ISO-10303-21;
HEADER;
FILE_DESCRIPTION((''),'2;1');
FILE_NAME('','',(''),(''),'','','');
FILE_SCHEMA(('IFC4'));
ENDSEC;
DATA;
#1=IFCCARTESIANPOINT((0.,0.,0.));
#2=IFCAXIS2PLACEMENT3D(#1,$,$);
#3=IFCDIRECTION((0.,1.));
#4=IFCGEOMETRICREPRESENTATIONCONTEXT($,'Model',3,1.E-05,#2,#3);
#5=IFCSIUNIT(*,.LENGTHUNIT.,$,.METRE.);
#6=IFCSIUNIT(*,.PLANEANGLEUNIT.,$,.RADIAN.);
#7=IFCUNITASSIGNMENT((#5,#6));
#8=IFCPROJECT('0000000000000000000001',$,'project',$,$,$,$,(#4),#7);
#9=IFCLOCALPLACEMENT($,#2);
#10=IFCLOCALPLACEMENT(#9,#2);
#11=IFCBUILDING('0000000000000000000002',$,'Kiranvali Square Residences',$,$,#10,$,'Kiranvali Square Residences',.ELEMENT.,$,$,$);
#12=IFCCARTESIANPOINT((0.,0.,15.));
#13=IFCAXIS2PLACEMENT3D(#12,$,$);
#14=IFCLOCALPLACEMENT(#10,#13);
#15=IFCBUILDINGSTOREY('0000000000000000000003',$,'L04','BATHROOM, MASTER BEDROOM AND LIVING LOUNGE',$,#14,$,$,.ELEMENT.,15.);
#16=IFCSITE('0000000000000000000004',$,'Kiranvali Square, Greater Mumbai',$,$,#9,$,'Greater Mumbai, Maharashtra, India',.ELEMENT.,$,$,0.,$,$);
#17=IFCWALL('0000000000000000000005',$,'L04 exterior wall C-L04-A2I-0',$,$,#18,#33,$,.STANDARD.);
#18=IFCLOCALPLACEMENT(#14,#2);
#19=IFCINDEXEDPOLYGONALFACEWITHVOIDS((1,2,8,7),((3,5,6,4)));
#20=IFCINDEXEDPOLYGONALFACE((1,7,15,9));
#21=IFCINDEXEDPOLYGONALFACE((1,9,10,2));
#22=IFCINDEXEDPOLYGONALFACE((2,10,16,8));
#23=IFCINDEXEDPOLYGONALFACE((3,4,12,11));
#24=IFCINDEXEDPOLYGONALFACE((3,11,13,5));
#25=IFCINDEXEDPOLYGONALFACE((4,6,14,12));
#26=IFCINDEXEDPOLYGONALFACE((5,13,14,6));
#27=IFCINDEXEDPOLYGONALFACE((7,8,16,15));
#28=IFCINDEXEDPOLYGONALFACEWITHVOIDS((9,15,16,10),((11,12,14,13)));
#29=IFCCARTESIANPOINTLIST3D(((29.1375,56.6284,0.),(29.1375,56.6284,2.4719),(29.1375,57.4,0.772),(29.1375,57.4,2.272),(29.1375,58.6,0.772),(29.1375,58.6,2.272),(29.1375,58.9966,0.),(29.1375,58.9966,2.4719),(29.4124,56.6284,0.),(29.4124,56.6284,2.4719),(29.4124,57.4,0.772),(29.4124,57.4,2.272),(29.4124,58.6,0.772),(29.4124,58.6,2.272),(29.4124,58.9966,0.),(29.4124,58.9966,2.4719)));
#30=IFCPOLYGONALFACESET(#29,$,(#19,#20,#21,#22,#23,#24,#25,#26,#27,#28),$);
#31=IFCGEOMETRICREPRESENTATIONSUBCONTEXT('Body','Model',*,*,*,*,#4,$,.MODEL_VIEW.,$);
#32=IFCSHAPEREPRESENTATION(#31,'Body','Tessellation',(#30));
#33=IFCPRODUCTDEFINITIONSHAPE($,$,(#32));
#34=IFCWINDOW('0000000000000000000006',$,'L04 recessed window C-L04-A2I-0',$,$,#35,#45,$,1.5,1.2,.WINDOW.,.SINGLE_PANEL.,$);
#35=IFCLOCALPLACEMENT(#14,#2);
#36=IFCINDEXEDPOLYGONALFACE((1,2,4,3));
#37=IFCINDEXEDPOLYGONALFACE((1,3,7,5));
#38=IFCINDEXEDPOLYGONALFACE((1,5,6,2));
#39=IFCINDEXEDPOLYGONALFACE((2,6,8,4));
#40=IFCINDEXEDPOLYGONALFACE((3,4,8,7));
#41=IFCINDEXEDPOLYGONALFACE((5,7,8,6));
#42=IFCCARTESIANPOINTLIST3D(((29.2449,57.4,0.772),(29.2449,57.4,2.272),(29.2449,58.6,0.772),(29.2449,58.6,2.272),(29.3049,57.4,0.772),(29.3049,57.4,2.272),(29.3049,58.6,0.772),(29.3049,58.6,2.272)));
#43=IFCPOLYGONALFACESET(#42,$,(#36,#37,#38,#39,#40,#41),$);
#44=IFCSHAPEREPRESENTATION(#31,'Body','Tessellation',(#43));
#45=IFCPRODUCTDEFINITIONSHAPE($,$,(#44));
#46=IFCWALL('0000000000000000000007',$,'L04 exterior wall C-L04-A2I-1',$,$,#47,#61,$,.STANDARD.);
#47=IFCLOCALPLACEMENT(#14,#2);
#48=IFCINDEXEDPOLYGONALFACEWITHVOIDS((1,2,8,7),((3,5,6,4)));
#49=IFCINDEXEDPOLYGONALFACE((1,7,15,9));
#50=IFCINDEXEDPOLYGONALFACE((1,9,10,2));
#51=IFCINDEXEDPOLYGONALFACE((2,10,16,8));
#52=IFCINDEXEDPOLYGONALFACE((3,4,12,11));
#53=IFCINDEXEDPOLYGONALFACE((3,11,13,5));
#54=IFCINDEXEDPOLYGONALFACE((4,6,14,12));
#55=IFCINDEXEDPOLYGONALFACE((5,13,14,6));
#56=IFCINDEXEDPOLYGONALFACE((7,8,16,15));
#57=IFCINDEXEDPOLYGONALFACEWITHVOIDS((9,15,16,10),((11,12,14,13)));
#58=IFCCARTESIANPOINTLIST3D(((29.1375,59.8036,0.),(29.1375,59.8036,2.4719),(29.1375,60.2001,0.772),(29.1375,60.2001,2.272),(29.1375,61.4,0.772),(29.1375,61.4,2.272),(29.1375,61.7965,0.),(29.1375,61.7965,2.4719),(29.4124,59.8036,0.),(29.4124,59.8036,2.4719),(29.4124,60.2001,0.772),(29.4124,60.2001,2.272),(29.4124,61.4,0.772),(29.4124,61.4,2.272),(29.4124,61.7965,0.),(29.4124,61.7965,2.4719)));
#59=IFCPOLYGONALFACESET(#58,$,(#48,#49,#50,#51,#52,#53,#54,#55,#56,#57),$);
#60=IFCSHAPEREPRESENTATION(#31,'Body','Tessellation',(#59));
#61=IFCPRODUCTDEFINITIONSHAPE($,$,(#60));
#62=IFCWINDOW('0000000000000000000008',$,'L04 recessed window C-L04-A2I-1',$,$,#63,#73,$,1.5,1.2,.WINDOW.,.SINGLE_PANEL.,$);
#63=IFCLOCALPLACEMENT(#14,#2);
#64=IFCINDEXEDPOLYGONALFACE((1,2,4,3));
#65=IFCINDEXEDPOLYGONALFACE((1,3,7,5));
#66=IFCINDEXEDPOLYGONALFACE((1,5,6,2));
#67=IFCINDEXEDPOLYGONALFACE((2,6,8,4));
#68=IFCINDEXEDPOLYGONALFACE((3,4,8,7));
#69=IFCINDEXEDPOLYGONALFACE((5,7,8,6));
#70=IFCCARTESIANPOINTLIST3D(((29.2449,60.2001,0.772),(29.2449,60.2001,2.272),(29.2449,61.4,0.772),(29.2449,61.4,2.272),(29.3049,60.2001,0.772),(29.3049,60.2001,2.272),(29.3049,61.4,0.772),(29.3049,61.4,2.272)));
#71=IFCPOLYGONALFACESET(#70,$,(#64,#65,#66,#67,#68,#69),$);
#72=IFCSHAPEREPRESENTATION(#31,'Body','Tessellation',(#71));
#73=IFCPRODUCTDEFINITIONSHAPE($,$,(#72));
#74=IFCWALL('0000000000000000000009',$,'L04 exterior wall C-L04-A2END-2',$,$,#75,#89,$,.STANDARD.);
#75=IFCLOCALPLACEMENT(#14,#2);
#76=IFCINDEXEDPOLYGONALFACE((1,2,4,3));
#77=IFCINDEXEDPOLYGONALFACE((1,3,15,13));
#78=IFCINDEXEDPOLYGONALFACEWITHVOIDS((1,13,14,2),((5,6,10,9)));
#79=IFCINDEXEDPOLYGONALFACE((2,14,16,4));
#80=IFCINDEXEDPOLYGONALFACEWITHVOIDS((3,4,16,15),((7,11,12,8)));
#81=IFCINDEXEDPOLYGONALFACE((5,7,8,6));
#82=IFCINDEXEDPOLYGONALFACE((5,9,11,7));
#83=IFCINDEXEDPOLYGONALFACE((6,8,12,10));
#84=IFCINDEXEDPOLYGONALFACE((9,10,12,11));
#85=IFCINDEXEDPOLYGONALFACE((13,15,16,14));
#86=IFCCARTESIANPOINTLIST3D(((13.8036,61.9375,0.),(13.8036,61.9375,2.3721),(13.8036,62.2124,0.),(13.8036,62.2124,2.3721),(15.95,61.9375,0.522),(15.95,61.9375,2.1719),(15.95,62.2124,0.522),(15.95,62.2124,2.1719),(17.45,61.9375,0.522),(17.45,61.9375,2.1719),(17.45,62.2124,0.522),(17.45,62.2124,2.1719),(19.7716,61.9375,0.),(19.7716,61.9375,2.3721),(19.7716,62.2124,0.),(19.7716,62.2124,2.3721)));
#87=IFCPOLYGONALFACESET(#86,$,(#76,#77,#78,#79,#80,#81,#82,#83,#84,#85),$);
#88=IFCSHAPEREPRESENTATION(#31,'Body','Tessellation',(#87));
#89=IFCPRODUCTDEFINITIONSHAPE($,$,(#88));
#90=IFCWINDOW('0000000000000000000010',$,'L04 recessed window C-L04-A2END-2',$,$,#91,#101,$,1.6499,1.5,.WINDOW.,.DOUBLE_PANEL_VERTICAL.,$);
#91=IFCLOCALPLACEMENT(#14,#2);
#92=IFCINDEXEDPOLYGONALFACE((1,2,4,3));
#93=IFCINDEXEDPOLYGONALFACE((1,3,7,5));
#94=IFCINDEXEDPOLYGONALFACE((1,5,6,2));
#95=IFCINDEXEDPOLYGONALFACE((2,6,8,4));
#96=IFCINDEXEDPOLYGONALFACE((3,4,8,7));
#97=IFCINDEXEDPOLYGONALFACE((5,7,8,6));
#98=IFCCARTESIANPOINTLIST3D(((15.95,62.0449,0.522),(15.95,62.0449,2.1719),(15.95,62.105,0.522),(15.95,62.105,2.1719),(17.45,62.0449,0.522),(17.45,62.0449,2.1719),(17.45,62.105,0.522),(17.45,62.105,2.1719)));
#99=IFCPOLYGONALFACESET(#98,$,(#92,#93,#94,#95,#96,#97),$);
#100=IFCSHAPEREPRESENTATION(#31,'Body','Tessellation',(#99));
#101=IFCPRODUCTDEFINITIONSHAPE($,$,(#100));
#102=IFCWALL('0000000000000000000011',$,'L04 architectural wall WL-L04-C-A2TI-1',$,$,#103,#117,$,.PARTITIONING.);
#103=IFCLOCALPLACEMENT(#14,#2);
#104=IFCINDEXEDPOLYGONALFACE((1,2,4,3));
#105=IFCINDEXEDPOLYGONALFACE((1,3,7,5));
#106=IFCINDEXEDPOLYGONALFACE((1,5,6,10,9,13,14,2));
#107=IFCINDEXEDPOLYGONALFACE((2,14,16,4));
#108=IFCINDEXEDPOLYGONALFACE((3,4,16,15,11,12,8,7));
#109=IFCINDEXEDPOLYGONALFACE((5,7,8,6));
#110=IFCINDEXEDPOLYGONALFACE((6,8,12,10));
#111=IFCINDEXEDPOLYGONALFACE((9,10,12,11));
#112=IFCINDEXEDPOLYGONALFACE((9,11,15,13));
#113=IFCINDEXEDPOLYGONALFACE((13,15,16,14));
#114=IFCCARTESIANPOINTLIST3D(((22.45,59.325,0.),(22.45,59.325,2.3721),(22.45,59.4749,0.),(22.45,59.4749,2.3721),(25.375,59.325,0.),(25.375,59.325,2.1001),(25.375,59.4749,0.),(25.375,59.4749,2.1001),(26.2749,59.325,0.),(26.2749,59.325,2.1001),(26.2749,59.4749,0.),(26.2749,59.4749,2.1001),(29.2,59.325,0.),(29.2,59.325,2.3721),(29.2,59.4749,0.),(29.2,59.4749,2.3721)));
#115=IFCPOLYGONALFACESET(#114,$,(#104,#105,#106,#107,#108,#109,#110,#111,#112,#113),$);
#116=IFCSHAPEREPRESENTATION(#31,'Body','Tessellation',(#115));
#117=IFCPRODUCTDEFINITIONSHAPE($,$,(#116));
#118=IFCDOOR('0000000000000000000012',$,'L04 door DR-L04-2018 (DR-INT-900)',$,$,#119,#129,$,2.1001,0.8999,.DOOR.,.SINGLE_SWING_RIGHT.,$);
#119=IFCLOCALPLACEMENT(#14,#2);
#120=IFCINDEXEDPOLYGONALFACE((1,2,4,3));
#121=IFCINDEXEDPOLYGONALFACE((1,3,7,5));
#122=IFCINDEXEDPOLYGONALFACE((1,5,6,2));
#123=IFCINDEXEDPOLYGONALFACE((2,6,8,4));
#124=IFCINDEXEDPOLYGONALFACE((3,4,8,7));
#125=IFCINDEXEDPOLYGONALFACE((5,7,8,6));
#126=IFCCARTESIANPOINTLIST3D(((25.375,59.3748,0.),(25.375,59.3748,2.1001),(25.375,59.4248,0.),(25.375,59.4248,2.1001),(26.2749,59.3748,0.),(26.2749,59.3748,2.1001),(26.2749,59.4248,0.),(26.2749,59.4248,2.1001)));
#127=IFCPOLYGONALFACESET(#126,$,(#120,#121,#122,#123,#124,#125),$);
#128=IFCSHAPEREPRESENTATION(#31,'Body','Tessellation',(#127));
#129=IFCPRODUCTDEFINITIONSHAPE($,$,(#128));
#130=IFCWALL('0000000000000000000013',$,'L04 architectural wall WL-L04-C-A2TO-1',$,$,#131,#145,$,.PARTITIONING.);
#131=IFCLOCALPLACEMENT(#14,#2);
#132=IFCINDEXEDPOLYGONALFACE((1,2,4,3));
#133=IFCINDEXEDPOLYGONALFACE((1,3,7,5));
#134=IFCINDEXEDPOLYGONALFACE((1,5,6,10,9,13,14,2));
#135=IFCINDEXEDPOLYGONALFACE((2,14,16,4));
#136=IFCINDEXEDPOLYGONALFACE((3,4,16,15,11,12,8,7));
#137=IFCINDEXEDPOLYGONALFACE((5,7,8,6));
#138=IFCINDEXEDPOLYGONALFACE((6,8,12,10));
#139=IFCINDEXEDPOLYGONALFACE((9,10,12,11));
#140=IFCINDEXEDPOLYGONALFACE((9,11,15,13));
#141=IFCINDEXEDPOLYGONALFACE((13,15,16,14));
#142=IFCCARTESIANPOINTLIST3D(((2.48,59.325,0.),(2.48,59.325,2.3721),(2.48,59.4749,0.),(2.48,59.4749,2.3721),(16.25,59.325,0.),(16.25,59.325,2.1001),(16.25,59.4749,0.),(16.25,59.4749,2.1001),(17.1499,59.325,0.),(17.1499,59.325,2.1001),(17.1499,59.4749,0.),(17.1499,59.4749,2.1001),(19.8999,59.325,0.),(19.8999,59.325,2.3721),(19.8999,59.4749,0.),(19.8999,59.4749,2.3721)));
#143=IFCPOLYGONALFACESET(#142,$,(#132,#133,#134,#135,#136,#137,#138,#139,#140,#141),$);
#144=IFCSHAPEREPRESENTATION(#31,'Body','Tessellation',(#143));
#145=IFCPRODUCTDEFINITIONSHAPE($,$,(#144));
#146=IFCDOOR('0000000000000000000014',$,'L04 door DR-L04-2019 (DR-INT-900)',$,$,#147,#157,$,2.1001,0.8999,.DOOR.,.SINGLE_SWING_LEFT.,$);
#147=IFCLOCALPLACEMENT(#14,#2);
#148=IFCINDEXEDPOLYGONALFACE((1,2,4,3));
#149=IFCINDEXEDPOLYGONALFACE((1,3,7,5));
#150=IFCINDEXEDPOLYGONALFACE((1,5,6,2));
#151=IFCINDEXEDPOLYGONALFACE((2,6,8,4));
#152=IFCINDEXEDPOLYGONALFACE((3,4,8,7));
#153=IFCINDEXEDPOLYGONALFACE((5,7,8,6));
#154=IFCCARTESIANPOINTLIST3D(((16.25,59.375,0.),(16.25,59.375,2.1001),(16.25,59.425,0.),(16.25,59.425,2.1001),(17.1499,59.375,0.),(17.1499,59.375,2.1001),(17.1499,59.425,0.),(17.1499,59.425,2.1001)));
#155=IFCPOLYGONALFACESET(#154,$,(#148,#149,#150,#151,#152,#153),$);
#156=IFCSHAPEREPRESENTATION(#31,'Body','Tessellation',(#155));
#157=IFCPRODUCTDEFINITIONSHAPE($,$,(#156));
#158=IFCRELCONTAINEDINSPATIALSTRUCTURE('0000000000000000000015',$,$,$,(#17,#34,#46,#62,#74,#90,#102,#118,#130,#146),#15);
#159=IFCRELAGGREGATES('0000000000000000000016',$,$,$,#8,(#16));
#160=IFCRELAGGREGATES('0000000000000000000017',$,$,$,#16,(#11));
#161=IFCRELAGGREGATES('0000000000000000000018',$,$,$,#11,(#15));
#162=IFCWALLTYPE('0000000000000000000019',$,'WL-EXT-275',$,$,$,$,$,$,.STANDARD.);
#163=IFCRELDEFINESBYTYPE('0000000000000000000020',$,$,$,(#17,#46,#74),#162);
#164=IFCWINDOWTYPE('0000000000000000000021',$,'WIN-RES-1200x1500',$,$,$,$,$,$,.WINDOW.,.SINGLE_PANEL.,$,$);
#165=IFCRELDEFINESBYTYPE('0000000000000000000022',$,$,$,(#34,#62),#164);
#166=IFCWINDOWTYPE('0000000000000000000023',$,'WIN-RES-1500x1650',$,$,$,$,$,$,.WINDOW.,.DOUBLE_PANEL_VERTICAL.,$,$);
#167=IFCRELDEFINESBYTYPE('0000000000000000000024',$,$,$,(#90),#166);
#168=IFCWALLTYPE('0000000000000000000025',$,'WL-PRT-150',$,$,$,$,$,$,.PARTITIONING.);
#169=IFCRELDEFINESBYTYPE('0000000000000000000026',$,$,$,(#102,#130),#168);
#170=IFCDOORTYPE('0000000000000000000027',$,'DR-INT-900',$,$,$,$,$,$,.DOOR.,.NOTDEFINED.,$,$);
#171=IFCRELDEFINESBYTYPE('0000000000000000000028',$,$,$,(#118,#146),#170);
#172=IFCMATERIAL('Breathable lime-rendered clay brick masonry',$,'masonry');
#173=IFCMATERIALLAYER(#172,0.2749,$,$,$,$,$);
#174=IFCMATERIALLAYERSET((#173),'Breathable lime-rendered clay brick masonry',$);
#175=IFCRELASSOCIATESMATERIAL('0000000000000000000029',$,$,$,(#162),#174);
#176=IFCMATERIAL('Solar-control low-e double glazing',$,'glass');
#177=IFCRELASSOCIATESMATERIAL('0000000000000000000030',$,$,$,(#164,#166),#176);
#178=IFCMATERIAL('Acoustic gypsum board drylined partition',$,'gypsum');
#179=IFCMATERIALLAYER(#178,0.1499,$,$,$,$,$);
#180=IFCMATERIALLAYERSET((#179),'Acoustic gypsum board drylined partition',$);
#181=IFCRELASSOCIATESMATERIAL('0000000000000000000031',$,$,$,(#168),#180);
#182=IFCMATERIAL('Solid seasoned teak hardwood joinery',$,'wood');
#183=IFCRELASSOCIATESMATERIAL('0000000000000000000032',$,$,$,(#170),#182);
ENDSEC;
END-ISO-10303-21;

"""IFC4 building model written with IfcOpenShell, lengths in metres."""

from ifc_helpers import new_model, si_unit, direction, frame, frame_2d, origin, place, context, subcontext, project, spatial, rectangle, extrude, material, layer, layer_set, type_object, element, fill, save


model = new_model("IFC4")

# Units and contexts
model_context = context("Model", 3, precision=1e-05, world=origin(), true_north=direction((0.0, 1.0)))
body_context = subcontext(model_context, "Body", "Model", "MODEL_VIEW")
ifc_project = project(units=[si_unit("LENGTHUNIT", "METRE"), si_unit("PLANEANGLEUNIT", "RADIAN")], contexts=[model_context])

# Site, building, storey
site_placement = place(None, origin())
site = spatial("IfcSite", under=ifc_project, at=site_placement, Name="Kiranvali Square, Greater Mumbai", LongName="Greater Mumbai, Maharashtra, India", CompositionType="ELEMENT", RefElevation=0.0)
building_placement = place(site_placement, origin())
building = spatial("IfcBuilding", under=site, at=building_placement, Name="Kiranvali Square Residences", LongName="Kiranvali Square Residences", CompositionType="ELEMENT")
storey_placement = place(building_placement, frame((0.0, 0.0, 15.0)))
storey = spatial("IfcBuildingStorey", under=building, at=storey_placement, Name="L04", Description="BATHROOM, MASTER BEDROOM AND LIVING LOUNGE", CompositionType="ELEMENT", Elevation=15.0)

# Walls, openings, windows
ifc_material_1 = material(Name="Breathable lime-rendered clay brick masonry", Category="masonry")
ifc_layer_1 = layer(ifc_material_1, 0.2749)
ifc_layer_set_1 = layer_set([ifc_layer_1], Name="Breathable lime-rendered clay brick masonry")
wall_type_1 = type_object("IfcWallType", Name="WL-EXT-275", PredefinedType="STANDARD", material=ifc_layer_set_1)
wall_1_placement = place(storey_placement, frame((29.2749, 56.6284, 0.0), z_axis=(0.0, 0.0, 1.0), x_axis=(0.0, 1.0, 0.0)))
wall_1 = element("IfcWall", 1, at=wall_1_placement, inside=storey, type_object=wall_type_1, Name="L04 exterior wall C-L04-A2I-0", PredefinedType="STANDARD", context=body_context, shape_type="SweptSolid", body=[
    extrude(rectangle(XDim=2.3682, YDim=0.2749, at=frame_2d((1.1841, 0.0))), origin(), (0.0, 0.0, 1.0), 2.4719),
])
opening_1_placement = place(wall_1_placement, frame((0.7715, 0.0, 0.772)))
opening_1 = element("IfcOpeningElement", 2, at=opening_1_placement, cuts=wall_1, PredefinedType="OPENING", context=body_context, shape_type="SweptSolid", body=[
    extrude(rectangle(XDim=1.2, YDim=1.5, at=frame_2d((0.6001, 0.75))), frame((0.0, 0.1475, 0.0), z_axis=(0.0, -1.0, 0.0), x_axis=(1.0, 0.0, 0.0)), (0.0, 0.0, 1.0), 0.2949),
])
ifc_material_2 = material(Name="Solar-control low-e double glazing", Category="glass")
window_type_1 = type_object("IfcWindowType", Name="WIN-RES-1200x1500", PartitioningType="SINGLE_PANEL", PredefinedType="WINDOW", material=ifc_material_2)
window_1_placement = place(opening_1_placement, origin())
window_1 = element("IfcWindow", 3, at=window_1_placement, inside=storey, type_object=window_type_1, Name="L04 recessed window C-L04-A2I-0", OverallHeight=1.5, OverallWidth=1.2, PartitioningType="SINGLE_PANEL", PredefinedType="WINDOW", context=body_context, shape_type="SweptSolid", body=[
    extrude(rectangle(XDim=1.2, YDim=1.5, at=frame_2d((0.6001, 0.75))), frame((0.0, 0.03, 0.0), z_axis=(0.0, -1.0, 0.0), x_axis=(1.0, 0.0, 0.0)), (0.0, 0.0, 1.0), 0.0601),
])
fill(opening_1, window_1)
wall_2_placement = place(storey_placement, frame((29.2749, 59.8035, 0.0), z_axis=(0.0, 0.0, 1.0), x_axis=(0.0, 1.0, 0.0)))
wall_2 = element("IfcWall", 4, at=wall_2_placement, inside=storey, type_object=wall_type_1, Name="L04 exterior wall C-L04-A2I-1", PredefinedType="STANDARD", context=body_context, shape_type="SweptSolid", body=[
    extrude(rectangle(XDim=1.9929, YDim=0.2749, at=frame_2d((0.9966, 0.0))), origin(), (0.0, 0.0, 1.0), 2.4719),
])
opening_2_placement = place(wall_2_placement, frame((0.3965, 0.0, 0.772)))
opening_2 = element("IfcOpeningElement", 5, at=opening_2_placement, cuts=wall_2, PredefinedType="OPENING", context=body_context, shape_type="SweptSolid", body=[
    extrude(rectangle(XDim=1.2, YDim=1.5, at=frame_2d((0.6001, 0.75))), frame((0.0, 0.1475, 0.0), z_axis=(0.0, -1.0, 0.0), x_axis=(1.0, 0.0, 0.0)), (0.0, 0.0, 1.0), 0.2949),
])
window_2_placement = place(opening_2_placement, origin())
window_2 = element("IfcWindow", 6, at=window_2_placement, inside=storey, type_object=window_type_1, Name="L04 recessed window C-L04-A2I-1", OverallHeight=1.5, OverallWidth=1.2, PartitioningType="SINGLE_PANEL", PredefinedType="WINDOW", context=body_context, shape_type="SweptSolid", body=[
    extrude(rectangle(XDim=1.2, YDim=1.5, at=frame_2d((0.6001, 0.75))), frame((0.0, 0.03, 0.0), z_axis=(0.0, -1.0, 0.0), x_axis=(1.0, 0.0, 0.0)), (0.0, 0.0, 1.0), 0.0601),
])
fill(opening_2, window_2)
wall_3_placement = place(storey_placement, frame((19.7715, 62.075, 0.0), z_axis=(0.0, 0.0, 1.0), x_axis=(-1.0, 0.0, 0.0)))
wall_3 = element("IfcWall", 7, at=wall_3_placement, inside=storey, type_object=wall_type_1, Name="L04 exterior wall C-L04-A2END-2", PredefinedType="STANDARD", context=body_context, shape_type="SweptSolid", body=[
    extrude(rectangle(XDim=5.968, YDim=0.2749, at=frame_2d((2.9839, 0.0))), origin(), (0.0, 0.0, 1.0), 2.3721),
])
opening_3_placement = place(wall_3_placement, frame((2.3215, 0.0, 0.522)))
opening_3 = element("IfcOpeningElement", 8, at=opening_3_placement, cuts=wall_3, PredefinedType="OPENING", context=body_context, shape_type="SweptSolid", body=[
    extrude(rectangle(XDim=1.5, YDim=1.6499, at=frame_2d((0.75, 0.825))), frame((0.0, 0.1475, 0.0), z_axis=(0.0, -1.0, 0.0), x_axis=(1.0, 0.0, 0.0)), (0.0, 0.0, 1.0), 0.2949),
])
window_type_2 = type_object("IfcWindowType", Name="WIN-RES-1500x1650", PartitioningType="DOUBLE_PANEL_VERTICAL", PredefinedType="WINDOW", material=ifc_material_2)
window_3_placement = place(opening_3_placement, origin())
window_3 = element("IfcWindow", 9, at=window_3_placement, inside=storey, type_object=window_type_2, Name="L04 recessed window C-L04-A2END-2", OverallHeight=1.6499, OverallWidth=1.5, PartitioningType="DOUBLE_PANEL_VERTICAL", PredefinedType="WINDOW", context=body_context, shape_type="SweptSolid", body=[
    extrude(rectangle(XDim=1.5, YDim=1.6499, at=frame_2d((0.75, 0.825))), frame((0.0, 0.03, 0.0), z_axis=(0.0, -1.0, 0.0), x_axis=(1.0, 0.0, 0.0)), (0.0, 0.0, 1.0), 0.0601),
])
fill(opening_3, window_3)

# Walls, openings, doors
ifc_material_3 = material(Name="Acoustic gypsum board drylined partition", Category="gypsum")
ifc_layer_2 = layer(ifc_material_3, 0.1499)
ifc_layer_set_2 = layer_set([ifc_layer_2], Name="Acoustic gypsum board drylined partition")
wall_type_2 = type_object("IfcWallType", Name="WL-PRT-150", PredefinedType="PARTITIONING", material=ifc_layer_set_2)
wall_4_placement = place(storey_placement, frame((29.2, 59.3999, 0.0), z_axis=(0.0, 0.0, 1.0), x_axis=(-1.0, 0.0, 0.0)))
wall_4 = element("IfcWall", 10, at=wall_4_placement, inside=storey, type_object=wall_type_2, Name="L04 architectural wall WL-L04-C-A2TI-1", PredefinedType="PARTITIONING", context=body_context, shape_type="SweptSolid", body=[
    extrude(rectangle(XDim=6.75, YDim=0.1499, at=frame_2d((3.375, 0.0))), origin(), (0.0, 0.0, 1.0), 2.3721),
])
opening_4_placement = place(wall_4_placement, frame((2.925, 0.0, 0.0)))
opening_4 = element("IfcOpeningElement", 11, at=opening_4_placement, cuts=wall_4, PredefinedType="OPENING", context=body_context, shape_type="SweptSolid", body=[
    extrude(rectangle(XDim=0.8999, YDim=2.1001, at=frame_2d((0.45, 1.05))), frame((0.0, 0.085, 0.0), z_axis=(0.0, -1.0, 0.0), x_axis=(1.0, 0.0, 0.0)), (0.0, 0.0, 1.0), 0.1699),
])
ifc_material_4 = material(Name="Solid seasoned teak hardwood joinery", Category="wood")
door_type_1 = type_object("IfcDoorType", Name="DR-INT-900", OperationType="NOTDEFINED", PredefinedType="DOOR", material=ifc_material_4)
door_1_placement = place(opening_4_placement, frame((0.8999, 0.0, 0.0), z_axis=(0.0, 0.0, 1.0), x_axis=(-1.0, 0.0, 0.0)))
door_1 = element("IfcDoor", 12, at=door_1_placement, inside=storey, type_object=door_type_1, Name="L04 door DR-L04-2018 (DR-INT-900)", OperationType="SINGLE_SWING_RIGHT", OverallHeight=2.1001, OverallWidth=0.8999, PredefinedType="DOOR", context=body_context, shape_type="SweptSolid", body=[
    extrude(rectangle(XDim=0.8999, YDim=2.1001, at=frame_2d((0.45, 1.05))), frame((0.0, 0.0249, 0.0), z_axis=(0.0, -1.0, 0.0), x_axis=(1.0, 0.0, 0.0)), (0.0, 0.0, 1.0), 0.05),
])
fill(opening_4, door_1)
wall_5_placement = place(storey_placement, frame((19.8999, 59.3999, 0.0), z_axis=(0.0, 0.0, 1.0), x_axis=(-1.0, 0.0, 0.0)))
wall_5 = element("IfcWall", 13, at=wall_5_placement, inside=storey, type_object=wall_type_2, Name="L04 architectural wall WL-L04-C-A2TO-1", PredefinedType="PARTITIONING", context=body_context, shape_type="SweptSolid", body=[
    extrude(rectangle(XDim=17.4199, YDim=0.1499, at=frame_2d((8.71, 0.0))), origin(), (0.0, 0.0, 1.0), 2.3721),
])
opening_5_placement = place(wall_5_placement, frame((2.75, 0.0, 0.0)))
opening_5 = element("IfcOpeningElement", 14, at=opening_5_placement, cuts=wall_5, PredefinedType="OPENING", context=body_context, shape_type="SweptSolid", body=[
    extrude(rectangle(XDim=0.8999, YDim=2.1001, at=frame_2d((0.45, 1.05))), frame((0.0, 0.085, 0.0), z_axis=(0.0, -1.0, 0.0), x_axis=(1.0, 0.0, 0.0)), (0.0, 0.0, 1.0), 0.1699),
])
door_2_placement = place(opening_5_placement, origin())
door_2 = element("IfcDoor", 15, at=door_2_placement, inside=storey, type_object=door_type_1, Name="L04 door DR-L04-2019 (DR-INT-900)", OperationType="SINGLE_SWING_LEFT", OverallHeight=2.1001, OverallWidth=0.8999, PredefinedType="DOOR", context=body_context, shape_type="SweptSolid", body=[
    extrude(rectangle(XDim=0.8999, YDim=2.1001, at=frame_2d((0.45, 1.05))), frame((0.0, 0.0249, 0.0), z_axis=(0.0, -1.0, 0.0), x_axis=(1.0, 0.0, 0.0)), (0.0, 0.0, 1.0), 0.05),
])
fill(opening_5, door_2)

save(model, "model.ifc")
